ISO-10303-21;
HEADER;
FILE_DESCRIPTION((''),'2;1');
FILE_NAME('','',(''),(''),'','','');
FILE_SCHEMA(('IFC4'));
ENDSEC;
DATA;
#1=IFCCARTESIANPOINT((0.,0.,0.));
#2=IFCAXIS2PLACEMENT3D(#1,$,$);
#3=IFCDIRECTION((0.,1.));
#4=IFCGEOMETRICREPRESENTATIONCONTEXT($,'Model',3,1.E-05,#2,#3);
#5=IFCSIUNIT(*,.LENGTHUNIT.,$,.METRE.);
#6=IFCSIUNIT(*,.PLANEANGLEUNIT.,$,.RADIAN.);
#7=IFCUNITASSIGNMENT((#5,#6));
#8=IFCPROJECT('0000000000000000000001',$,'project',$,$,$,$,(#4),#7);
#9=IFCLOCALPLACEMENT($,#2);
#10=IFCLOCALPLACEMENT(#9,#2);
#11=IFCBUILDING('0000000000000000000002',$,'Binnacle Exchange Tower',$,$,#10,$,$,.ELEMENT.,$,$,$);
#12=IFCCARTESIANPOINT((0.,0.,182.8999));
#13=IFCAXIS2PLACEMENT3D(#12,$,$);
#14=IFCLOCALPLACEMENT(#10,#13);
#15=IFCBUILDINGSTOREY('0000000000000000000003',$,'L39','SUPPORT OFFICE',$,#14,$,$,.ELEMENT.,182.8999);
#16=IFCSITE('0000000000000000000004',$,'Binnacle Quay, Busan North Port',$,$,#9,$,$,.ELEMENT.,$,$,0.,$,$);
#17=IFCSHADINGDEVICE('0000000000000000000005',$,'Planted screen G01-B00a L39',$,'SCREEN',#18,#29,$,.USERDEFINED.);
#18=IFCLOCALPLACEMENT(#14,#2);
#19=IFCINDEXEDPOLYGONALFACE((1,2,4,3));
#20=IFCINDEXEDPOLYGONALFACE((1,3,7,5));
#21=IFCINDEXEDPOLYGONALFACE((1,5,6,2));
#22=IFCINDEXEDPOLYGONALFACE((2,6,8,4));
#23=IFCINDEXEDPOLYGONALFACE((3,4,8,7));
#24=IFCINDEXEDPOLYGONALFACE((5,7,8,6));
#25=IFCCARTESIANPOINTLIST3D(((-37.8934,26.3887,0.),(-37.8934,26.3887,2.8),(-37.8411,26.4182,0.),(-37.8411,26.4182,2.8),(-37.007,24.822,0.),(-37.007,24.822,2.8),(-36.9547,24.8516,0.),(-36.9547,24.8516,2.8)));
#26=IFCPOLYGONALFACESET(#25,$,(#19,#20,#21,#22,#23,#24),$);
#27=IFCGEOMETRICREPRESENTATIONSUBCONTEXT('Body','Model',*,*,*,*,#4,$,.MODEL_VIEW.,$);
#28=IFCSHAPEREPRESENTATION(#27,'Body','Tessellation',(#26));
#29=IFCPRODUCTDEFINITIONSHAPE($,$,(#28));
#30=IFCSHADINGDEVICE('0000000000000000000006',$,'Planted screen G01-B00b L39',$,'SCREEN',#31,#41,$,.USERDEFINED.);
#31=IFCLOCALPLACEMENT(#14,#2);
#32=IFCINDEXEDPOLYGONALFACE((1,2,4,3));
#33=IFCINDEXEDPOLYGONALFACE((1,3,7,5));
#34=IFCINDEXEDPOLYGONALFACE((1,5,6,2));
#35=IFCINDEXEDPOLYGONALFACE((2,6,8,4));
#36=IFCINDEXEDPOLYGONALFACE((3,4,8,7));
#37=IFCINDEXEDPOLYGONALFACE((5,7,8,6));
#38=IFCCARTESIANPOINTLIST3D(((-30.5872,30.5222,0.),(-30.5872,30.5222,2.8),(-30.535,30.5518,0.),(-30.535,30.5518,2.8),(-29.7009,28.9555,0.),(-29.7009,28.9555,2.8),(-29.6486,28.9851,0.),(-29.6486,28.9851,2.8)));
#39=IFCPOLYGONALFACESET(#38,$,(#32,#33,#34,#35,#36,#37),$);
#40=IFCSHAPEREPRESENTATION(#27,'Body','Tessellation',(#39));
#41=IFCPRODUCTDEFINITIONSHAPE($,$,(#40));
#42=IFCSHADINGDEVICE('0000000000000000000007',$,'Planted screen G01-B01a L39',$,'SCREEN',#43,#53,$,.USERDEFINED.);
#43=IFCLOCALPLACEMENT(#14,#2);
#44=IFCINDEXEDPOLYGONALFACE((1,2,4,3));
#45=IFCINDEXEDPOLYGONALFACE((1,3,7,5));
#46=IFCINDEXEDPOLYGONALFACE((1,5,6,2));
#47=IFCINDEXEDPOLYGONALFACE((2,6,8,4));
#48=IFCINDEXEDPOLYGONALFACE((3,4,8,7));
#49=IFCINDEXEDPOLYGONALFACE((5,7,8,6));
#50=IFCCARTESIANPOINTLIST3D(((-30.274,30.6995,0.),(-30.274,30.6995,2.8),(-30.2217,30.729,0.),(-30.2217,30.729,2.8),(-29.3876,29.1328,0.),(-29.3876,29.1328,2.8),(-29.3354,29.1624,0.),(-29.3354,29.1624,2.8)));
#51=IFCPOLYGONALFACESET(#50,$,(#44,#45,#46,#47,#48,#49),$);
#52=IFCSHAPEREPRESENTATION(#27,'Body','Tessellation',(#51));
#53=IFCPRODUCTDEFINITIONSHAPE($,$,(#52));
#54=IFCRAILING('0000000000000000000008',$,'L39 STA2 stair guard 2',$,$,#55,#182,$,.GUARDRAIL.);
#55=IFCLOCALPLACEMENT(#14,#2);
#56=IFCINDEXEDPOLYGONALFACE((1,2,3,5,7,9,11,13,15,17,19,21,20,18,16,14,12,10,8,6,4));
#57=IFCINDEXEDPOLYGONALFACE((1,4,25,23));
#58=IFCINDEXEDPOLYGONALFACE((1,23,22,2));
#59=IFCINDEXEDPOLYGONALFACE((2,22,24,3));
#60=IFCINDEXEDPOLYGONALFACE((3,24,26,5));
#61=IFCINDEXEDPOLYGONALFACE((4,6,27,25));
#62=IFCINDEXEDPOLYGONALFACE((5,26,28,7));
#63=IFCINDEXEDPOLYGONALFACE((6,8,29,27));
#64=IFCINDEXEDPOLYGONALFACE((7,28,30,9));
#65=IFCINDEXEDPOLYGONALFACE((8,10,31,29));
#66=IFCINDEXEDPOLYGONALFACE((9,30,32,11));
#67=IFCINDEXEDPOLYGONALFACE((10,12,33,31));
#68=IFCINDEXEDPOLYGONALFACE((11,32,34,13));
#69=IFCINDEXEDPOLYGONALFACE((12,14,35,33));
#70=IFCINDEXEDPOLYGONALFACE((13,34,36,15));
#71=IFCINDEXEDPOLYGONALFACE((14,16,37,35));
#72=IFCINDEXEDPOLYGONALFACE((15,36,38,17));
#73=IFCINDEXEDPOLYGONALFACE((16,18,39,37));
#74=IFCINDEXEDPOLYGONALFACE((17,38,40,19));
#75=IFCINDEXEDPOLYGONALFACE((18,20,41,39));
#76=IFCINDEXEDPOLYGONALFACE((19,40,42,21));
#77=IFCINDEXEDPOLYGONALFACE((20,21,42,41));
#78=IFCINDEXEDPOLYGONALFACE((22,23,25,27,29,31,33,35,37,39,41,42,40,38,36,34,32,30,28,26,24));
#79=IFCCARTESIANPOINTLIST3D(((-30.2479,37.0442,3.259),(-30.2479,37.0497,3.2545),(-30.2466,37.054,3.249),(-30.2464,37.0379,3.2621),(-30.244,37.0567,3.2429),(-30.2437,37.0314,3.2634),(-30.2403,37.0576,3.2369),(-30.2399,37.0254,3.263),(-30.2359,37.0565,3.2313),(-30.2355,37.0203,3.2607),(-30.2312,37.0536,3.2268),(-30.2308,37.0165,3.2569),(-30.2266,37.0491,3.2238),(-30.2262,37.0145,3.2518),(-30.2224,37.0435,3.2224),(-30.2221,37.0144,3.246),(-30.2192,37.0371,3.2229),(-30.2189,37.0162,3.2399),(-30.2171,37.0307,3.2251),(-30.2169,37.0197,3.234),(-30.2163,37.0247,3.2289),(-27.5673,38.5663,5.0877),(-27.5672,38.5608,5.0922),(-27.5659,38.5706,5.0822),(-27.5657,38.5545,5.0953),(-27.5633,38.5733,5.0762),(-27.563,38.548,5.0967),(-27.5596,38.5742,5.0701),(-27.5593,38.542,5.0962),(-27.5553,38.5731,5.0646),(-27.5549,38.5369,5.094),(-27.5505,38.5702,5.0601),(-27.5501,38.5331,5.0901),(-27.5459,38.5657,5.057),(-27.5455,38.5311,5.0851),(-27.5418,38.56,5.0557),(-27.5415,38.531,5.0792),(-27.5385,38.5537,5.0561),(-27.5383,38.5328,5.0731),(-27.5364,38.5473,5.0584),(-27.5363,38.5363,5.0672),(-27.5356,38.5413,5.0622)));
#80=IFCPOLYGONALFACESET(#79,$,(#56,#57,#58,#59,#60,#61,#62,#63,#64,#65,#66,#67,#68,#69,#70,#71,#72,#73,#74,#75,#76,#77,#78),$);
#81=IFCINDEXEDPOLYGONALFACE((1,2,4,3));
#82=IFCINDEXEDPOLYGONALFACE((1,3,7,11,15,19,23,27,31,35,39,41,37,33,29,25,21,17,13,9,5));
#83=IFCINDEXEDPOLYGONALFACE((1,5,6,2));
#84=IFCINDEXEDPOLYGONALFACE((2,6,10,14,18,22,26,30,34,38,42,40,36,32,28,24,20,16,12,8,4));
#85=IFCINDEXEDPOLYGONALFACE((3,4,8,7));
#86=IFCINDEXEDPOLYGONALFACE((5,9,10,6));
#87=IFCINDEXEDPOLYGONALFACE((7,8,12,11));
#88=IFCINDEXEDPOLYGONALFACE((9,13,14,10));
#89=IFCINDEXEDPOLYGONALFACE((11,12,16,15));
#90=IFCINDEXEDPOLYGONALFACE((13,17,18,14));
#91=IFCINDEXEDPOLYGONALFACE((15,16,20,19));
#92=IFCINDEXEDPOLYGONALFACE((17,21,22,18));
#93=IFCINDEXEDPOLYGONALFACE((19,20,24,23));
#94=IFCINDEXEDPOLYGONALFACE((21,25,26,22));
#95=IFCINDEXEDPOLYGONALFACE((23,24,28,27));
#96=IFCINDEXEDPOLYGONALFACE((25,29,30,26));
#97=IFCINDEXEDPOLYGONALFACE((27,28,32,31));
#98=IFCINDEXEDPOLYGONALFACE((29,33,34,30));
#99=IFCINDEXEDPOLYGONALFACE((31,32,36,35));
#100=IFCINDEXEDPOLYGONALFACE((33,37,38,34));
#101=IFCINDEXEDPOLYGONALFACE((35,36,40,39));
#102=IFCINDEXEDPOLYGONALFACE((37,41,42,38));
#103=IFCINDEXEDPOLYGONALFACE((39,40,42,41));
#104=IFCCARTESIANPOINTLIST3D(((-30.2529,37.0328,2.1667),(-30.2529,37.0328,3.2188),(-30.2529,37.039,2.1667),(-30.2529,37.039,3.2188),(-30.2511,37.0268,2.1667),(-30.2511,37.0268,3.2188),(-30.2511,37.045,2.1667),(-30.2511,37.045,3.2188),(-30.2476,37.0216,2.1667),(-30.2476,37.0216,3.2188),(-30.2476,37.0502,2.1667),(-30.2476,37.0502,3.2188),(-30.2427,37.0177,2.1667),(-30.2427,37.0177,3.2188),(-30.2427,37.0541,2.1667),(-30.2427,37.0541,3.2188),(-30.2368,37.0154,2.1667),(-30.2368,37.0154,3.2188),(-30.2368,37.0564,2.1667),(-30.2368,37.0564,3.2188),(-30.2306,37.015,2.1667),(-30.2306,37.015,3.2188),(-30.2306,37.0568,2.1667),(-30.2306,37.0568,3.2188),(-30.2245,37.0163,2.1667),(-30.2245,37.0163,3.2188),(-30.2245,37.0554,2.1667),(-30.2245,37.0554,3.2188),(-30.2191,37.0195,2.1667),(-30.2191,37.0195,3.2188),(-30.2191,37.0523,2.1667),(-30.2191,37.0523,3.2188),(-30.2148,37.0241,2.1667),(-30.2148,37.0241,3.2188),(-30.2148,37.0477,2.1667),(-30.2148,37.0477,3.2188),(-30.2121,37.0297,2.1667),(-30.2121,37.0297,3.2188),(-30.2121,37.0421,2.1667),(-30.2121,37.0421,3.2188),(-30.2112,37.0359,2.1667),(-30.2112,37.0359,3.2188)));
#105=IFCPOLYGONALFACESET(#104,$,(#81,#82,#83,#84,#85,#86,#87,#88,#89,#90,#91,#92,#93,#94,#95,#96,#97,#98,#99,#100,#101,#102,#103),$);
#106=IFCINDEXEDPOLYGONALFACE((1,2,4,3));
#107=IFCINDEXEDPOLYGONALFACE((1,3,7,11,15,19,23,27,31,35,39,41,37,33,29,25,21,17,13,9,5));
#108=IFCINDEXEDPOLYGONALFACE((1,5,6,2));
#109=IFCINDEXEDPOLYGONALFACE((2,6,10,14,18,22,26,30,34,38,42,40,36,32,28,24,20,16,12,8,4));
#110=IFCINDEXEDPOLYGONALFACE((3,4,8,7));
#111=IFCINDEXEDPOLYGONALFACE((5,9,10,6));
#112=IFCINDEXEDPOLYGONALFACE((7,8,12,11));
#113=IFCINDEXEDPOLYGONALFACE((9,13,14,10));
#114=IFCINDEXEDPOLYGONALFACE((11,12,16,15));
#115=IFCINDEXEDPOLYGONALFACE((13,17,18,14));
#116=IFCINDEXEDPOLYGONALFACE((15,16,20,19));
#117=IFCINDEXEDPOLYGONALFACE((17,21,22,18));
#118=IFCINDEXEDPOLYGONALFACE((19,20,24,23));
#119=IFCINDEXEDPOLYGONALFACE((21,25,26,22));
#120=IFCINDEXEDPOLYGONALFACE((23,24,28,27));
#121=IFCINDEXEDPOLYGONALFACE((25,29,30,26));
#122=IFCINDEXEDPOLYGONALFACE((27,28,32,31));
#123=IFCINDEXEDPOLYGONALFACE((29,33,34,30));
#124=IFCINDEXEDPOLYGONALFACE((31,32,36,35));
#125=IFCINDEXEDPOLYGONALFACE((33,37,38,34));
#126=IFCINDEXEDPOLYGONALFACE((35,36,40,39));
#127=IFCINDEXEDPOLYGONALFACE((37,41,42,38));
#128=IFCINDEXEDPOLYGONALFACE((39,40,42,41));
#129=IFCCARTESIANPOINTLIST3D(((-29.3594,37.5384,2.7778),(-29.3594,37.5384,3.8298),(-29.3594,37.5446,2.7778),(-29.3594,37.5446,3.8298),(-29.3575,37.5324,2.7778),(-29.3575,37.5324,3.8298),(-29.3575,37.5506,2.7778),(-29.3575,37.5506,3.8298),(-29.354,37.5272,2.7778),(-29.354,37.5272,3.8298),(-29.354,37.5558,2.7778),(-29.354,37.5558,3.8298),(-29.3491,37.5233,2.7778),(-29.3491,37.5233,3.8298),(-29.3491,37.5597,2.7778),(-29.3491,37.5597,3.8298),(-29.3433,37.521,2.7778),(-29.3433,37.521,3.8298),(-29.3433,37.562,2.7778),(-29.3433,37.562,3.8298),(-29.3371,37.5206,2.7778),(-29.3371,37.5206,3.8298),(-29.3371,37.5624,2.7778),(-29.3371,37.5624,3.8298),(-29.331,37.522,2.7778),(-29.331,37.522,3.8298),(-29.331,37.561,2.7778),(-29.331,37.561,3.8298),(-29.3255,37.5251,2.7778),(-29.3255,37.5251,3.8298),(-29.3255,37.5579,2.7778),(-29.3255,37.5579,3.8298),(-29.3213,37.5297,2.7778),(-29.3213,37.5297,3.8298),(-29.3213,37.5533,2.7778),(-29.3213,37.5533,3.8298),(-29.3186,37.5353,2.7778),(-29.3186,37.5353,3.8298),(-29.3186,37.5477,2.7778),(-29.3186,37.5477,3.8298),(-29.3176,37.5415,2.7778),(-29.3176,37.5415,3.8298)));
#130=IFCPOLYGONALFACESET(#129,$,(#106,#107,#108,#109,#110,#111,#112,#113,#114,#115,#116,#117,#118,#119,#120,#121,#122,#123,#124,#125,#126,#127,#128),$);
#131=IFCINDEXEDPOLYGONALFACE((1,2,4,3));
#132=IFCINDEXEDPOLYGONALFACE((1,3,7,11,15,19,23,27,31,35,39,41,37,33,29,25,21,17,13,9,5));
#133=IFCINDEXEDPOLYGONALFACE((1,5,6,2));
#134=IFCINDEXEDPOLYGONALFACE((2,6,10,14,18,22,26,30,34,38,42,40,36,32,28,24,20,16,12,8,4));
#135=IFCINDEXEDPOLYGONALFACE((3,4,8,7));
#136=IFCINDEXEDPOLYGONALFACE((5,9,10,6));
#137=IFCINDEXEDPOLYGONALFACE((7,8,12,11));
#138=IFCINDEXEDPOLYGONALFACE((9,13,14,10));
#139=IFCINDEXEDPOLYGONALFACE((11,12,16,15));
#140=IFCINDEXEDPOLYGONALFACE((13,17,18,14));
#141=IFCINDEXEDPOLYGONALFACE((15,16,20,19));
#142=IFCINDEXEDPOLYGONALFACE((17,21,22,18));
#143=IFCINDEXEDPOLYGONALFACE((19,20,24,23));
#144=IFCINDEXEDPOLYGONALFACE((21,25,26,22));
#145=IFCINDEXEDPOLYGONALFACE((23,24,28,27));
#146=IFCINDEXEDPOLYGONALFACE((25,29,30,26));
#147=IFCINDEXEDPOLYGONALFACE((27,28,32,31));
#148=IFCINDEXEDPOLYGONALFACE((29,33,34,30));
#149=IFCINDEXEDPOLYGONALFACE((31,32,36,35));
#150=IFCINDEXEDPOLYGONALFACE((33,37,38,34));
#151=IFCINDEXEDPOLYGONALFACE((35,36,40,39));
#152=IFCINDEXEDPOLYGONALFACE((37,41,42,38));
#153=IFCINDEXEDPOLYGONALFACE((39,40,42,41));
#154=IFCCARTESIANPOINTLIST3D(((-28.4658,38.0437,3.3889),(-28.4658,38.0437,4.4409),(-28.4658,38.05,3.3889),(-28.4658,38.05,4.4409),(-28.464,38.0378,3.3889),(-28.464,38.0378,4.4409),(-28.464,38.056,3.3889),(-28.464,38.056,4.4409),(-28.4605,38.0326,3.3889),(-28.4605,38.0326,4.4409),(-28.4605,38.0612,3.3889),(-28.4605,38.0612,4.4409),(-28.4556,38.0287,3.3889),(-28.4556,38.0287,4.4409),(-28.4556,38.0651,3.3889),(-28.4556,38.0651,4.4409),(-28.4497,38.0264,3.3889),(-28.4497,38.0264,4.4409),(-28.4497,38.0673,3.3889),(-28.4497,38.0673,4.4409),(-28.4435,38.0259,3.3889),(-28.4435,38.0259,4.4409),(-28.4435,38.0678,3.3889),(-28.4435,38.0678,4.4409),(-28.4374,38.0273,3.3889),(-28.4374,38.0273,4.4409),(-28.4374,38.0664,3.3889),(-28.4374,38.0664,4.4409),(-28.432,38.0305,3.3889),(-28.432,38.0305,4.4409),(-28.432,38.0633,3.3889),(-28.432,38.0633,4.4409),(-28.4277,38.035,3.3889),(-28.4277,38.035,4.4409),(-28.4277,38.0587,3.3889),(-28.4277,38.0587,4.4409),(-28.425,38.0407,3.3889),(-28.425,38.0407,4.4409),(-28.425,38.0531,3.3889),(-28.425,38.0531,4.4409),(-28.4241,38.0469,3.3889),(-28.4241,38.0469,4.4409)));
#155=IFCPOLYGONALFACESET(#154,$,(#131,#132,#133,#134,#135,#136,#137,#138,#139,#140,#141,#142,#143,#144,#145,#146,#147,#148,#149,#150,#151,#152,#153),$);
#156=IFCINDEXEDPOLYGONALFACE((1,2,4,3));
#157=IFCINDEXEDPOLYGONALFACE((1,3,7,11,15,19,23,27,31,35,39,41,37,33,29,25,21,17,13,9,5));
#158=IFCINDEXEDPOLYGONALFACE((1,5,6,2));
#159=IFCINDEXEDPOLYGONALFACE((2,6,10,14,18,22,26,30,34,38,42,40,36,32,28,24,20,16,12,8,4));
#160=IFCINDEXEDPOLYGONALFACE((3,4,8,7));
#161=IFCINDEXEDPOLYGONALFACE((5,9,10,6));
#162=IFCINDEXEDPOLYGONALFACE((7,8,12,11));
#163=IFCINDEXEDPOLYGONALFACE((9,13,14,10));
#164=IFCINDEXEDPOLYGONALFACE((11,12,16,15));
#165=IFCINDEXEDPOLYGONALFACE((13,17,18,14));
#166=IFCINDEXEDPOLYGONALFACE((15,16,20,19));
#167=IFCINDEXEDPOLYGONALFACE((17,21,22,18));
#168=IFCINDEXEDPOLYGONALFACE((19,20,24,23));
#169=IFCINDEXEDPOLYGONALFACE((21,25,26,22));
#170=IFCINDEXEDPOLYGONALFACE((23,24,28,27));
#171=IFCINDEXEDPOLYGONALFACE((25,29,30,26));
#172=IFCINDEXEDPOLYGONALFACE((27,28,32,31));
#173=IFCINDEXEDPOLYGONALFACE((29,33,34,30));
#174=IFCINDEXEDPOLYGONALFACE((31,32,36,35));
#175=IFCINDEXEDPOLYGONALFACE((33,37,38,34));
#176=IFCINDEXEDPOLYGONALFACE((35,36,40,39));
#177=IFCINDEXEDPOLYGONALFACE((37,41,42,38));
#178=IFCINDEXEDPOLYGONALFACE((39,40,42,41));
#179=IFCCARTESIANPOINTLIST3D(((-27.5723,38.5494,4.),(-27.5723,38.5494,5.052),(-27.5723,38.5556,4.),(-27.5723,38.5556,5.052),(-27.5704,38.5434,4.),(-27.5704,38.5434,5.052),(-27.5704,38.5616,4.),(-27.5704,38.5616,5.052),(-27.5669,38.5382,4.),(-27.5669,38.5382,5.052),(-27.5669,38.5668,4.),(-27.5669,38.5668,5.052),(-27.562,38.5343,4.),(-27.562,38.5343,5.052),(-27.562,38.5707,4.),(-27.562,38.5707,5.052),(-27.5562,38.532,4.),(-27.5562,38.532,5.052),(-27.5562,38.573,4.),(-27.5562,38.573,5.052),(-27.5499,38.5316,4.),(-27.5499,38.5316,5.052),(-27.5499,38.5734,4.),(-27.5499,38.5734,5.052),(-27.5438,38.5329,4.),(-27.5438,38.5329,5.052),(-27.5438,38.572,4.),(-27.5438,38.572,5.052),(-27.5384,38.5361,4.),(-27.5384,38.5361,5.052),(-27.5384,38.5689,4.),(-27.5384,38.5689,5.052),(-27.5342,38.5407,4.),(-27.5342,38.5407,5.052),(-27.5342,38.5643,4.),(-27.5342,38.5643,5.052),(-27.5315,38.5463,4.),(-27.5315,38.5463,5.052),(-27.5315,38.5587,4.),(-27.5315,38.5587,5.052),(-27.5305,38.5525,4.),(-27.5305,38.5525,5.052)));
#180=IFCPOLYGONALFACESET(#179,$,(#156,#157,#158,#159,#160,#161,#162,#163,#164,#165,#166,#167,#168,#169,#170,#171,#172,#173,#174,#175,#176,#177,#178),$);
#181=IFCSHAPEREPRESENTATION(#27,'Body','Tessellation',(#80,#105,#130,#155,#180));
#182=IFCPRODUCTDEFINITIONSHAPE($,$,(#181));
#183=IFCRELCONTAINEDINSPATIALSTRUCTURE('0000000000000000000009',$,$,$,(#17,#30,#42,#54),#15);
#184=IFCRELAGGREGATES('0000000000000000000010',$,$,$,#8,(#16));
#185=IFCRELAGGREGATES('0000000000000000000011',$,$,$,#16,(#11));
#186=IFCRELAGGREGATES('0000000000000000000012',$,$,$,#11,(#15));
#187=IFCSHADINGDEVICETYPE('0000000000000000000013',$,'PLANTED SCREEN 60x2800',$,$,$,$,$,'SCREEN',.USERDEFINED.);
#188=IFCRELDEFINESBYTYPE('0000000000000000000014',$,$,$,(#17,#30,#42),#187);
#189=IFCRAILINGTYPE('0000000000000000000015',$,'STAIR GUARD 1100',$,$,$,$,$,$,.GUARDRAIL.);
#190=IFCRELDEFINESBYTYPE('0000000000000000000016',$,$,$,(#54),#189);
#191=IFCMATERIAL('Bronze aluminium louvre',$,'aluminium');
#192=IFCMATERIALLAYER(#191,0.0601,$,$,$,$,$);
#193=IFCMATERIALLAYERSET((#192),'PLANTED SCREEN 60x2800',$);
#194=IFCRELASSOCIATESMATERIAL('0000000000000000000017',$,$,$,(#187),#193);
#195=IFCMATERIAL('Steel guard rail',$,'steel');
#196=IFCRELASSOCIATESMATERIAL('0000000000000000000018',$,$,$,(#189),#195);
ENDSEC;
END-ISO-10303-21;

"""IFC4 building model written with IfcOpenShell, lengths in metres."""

from ifc_helpers import new_model, si_unit, direction, frame, origin, origin_2d, place, context, subcontext, project, spatial, rectangle, circle, extrude, material, layer, layer_set, type_object, element, save


model = new_model("IFC4")

# Units and contexts
model_context = context("Model", 3, precision=1e-05, world=origin(), true_north=direction((0.0, 1.0)))
body_context = subcontext(model_context, "Body", "Model", "MODEL_VIEW")
ifc_project = project(units=[si_unit("LENGTHUNIT", "METRE"), si_unit("PLANEANGLEUNIT", "RADIAN")], contexts=[model_context])

# Site, building, storey
site_placement = place(None, origin())
site = spatial("IfcSite", under=ifc_project, at=site_placement, Name="Binnacle Quay, Busan North Port", CompositionType="ELEMENT", RefElevation=0.0)
building_placement = place(site_placement, origin())
building = spatial("IfcBuilding", under=site, at=building_placement, Name="Binnacle Exchange Tower", CompositionType="ELEMENT")
storey_placement = place(building_placement, frame((0.0, 0.0, 182.8999)))
storey = spatial("IfcBuildingStorey", under=building, at=storey_placement, Name="L39", Description="SUPPORT OFFICE", CompositionType="ELEMENT", Elevation=182.8999)

# Shading devices
ifc_material_1 = material(Name="Bronze aluminium louvre", Category="aluminium")
ifc_layer_1 = layer(ifc_material_1, 0.0601)
ifc_layer_set_1 = layer_set([ifc_layer_1], Name="PLANTED SCREEN 60x2800")
shading_device_type = type_object("IfcShadingDeviceType", Name="PLANTED SCREEN 60x2800", ElementType="SCREEN", PredefinedType="USERDEFINED", material=ifc_layer_set_1)
for number, where, z_axis, x_axis, name in (
    (1, (-37.4241, 25.6201, 0.0), (0.0, 0.0, 1.0), (0.870356, 0.492424, 0.0), "Planted screen G01-B00a L39"),
    (2, (-30.1179, 29.7537, 0.0), (0.0, 0.0, 1.0), (0.870356, 0.492424, 0.0), "Planted screen G01-B00b L39"),
    (3, (-29.8047, 29.9309, 0.0), (0.0, 0.0, 1.0), (0.870356, 0.492424, 0.0), "Planted screen G01-B01a L39"),
):
    element("IfcShadingDevice", number, at=place(storey_placement, frame(where, z_axis=z_axis, x_axis=x_axis)), inside=storey, type_object=shading_device_type, Name=name, ObjectType="SCREEN", PredefinedType="USERDEFINED", context=body_context, shape_type="SweptSolid", body=[
        extrude(rectangle(XDim=0.0601, YDim=1.8, at=origin_2d()), origin(), (0.0, 0.0, 1.0), 2.8),
    ])

# Railing
ifc_material_2 = material(Name="Steel guard rail", Category="steel")
railing_type_1 = type_object("IfcRailingType", Name="STAIR GUARD 1100", PredefinedType="GUARDRAIL", material=ifc_material_2)
railing_1_placement = place(storey_placement, frame((-30.2322, 37.0359, 2.1667)))
element("IfcRailing", 4, at=railing_1_placement, inside=storey, type_object=railing_type_1, Name="L39 STA2 stair guard 2", PredefinedType="GUARDRAIL", context=body_context, shape_type="SweptSolid", body=[
    extrude(circle(Radius=0.0239, at=origin_2d()), frame((0.0, 0.0, 1.0762), z_axis=(0.747901, 0.423129, 0.511474), x_axis=(-0.492412, 0.870362, 0.0)), (0.0, 0.0, 1.0), 3.5842),
    extrude(circle(Radius=0.021, at=origin_2d()), origin(), (0.0, 0.0, 1.0), 1.052),
    extrude(circle(Radius=0.021, at=origin_2d()), frame((0.8936, 0.5056, 0.6111)), (0.0, 0.0, 1.0), 1.052),
    extrude(circle(Radius=0.021, at=origin_2d()), frame((1.7871, 1.011, 1.2222)), (0.0, 0.0, 1.0), 1.052),
    extrude(circle(Radius=0.021, at=origin_2d()), frame((2.6807, 1.5166, 1.8333)), (0.0, 0.0, 1.0), 1.052),
])

save(model, "model.ifc")
